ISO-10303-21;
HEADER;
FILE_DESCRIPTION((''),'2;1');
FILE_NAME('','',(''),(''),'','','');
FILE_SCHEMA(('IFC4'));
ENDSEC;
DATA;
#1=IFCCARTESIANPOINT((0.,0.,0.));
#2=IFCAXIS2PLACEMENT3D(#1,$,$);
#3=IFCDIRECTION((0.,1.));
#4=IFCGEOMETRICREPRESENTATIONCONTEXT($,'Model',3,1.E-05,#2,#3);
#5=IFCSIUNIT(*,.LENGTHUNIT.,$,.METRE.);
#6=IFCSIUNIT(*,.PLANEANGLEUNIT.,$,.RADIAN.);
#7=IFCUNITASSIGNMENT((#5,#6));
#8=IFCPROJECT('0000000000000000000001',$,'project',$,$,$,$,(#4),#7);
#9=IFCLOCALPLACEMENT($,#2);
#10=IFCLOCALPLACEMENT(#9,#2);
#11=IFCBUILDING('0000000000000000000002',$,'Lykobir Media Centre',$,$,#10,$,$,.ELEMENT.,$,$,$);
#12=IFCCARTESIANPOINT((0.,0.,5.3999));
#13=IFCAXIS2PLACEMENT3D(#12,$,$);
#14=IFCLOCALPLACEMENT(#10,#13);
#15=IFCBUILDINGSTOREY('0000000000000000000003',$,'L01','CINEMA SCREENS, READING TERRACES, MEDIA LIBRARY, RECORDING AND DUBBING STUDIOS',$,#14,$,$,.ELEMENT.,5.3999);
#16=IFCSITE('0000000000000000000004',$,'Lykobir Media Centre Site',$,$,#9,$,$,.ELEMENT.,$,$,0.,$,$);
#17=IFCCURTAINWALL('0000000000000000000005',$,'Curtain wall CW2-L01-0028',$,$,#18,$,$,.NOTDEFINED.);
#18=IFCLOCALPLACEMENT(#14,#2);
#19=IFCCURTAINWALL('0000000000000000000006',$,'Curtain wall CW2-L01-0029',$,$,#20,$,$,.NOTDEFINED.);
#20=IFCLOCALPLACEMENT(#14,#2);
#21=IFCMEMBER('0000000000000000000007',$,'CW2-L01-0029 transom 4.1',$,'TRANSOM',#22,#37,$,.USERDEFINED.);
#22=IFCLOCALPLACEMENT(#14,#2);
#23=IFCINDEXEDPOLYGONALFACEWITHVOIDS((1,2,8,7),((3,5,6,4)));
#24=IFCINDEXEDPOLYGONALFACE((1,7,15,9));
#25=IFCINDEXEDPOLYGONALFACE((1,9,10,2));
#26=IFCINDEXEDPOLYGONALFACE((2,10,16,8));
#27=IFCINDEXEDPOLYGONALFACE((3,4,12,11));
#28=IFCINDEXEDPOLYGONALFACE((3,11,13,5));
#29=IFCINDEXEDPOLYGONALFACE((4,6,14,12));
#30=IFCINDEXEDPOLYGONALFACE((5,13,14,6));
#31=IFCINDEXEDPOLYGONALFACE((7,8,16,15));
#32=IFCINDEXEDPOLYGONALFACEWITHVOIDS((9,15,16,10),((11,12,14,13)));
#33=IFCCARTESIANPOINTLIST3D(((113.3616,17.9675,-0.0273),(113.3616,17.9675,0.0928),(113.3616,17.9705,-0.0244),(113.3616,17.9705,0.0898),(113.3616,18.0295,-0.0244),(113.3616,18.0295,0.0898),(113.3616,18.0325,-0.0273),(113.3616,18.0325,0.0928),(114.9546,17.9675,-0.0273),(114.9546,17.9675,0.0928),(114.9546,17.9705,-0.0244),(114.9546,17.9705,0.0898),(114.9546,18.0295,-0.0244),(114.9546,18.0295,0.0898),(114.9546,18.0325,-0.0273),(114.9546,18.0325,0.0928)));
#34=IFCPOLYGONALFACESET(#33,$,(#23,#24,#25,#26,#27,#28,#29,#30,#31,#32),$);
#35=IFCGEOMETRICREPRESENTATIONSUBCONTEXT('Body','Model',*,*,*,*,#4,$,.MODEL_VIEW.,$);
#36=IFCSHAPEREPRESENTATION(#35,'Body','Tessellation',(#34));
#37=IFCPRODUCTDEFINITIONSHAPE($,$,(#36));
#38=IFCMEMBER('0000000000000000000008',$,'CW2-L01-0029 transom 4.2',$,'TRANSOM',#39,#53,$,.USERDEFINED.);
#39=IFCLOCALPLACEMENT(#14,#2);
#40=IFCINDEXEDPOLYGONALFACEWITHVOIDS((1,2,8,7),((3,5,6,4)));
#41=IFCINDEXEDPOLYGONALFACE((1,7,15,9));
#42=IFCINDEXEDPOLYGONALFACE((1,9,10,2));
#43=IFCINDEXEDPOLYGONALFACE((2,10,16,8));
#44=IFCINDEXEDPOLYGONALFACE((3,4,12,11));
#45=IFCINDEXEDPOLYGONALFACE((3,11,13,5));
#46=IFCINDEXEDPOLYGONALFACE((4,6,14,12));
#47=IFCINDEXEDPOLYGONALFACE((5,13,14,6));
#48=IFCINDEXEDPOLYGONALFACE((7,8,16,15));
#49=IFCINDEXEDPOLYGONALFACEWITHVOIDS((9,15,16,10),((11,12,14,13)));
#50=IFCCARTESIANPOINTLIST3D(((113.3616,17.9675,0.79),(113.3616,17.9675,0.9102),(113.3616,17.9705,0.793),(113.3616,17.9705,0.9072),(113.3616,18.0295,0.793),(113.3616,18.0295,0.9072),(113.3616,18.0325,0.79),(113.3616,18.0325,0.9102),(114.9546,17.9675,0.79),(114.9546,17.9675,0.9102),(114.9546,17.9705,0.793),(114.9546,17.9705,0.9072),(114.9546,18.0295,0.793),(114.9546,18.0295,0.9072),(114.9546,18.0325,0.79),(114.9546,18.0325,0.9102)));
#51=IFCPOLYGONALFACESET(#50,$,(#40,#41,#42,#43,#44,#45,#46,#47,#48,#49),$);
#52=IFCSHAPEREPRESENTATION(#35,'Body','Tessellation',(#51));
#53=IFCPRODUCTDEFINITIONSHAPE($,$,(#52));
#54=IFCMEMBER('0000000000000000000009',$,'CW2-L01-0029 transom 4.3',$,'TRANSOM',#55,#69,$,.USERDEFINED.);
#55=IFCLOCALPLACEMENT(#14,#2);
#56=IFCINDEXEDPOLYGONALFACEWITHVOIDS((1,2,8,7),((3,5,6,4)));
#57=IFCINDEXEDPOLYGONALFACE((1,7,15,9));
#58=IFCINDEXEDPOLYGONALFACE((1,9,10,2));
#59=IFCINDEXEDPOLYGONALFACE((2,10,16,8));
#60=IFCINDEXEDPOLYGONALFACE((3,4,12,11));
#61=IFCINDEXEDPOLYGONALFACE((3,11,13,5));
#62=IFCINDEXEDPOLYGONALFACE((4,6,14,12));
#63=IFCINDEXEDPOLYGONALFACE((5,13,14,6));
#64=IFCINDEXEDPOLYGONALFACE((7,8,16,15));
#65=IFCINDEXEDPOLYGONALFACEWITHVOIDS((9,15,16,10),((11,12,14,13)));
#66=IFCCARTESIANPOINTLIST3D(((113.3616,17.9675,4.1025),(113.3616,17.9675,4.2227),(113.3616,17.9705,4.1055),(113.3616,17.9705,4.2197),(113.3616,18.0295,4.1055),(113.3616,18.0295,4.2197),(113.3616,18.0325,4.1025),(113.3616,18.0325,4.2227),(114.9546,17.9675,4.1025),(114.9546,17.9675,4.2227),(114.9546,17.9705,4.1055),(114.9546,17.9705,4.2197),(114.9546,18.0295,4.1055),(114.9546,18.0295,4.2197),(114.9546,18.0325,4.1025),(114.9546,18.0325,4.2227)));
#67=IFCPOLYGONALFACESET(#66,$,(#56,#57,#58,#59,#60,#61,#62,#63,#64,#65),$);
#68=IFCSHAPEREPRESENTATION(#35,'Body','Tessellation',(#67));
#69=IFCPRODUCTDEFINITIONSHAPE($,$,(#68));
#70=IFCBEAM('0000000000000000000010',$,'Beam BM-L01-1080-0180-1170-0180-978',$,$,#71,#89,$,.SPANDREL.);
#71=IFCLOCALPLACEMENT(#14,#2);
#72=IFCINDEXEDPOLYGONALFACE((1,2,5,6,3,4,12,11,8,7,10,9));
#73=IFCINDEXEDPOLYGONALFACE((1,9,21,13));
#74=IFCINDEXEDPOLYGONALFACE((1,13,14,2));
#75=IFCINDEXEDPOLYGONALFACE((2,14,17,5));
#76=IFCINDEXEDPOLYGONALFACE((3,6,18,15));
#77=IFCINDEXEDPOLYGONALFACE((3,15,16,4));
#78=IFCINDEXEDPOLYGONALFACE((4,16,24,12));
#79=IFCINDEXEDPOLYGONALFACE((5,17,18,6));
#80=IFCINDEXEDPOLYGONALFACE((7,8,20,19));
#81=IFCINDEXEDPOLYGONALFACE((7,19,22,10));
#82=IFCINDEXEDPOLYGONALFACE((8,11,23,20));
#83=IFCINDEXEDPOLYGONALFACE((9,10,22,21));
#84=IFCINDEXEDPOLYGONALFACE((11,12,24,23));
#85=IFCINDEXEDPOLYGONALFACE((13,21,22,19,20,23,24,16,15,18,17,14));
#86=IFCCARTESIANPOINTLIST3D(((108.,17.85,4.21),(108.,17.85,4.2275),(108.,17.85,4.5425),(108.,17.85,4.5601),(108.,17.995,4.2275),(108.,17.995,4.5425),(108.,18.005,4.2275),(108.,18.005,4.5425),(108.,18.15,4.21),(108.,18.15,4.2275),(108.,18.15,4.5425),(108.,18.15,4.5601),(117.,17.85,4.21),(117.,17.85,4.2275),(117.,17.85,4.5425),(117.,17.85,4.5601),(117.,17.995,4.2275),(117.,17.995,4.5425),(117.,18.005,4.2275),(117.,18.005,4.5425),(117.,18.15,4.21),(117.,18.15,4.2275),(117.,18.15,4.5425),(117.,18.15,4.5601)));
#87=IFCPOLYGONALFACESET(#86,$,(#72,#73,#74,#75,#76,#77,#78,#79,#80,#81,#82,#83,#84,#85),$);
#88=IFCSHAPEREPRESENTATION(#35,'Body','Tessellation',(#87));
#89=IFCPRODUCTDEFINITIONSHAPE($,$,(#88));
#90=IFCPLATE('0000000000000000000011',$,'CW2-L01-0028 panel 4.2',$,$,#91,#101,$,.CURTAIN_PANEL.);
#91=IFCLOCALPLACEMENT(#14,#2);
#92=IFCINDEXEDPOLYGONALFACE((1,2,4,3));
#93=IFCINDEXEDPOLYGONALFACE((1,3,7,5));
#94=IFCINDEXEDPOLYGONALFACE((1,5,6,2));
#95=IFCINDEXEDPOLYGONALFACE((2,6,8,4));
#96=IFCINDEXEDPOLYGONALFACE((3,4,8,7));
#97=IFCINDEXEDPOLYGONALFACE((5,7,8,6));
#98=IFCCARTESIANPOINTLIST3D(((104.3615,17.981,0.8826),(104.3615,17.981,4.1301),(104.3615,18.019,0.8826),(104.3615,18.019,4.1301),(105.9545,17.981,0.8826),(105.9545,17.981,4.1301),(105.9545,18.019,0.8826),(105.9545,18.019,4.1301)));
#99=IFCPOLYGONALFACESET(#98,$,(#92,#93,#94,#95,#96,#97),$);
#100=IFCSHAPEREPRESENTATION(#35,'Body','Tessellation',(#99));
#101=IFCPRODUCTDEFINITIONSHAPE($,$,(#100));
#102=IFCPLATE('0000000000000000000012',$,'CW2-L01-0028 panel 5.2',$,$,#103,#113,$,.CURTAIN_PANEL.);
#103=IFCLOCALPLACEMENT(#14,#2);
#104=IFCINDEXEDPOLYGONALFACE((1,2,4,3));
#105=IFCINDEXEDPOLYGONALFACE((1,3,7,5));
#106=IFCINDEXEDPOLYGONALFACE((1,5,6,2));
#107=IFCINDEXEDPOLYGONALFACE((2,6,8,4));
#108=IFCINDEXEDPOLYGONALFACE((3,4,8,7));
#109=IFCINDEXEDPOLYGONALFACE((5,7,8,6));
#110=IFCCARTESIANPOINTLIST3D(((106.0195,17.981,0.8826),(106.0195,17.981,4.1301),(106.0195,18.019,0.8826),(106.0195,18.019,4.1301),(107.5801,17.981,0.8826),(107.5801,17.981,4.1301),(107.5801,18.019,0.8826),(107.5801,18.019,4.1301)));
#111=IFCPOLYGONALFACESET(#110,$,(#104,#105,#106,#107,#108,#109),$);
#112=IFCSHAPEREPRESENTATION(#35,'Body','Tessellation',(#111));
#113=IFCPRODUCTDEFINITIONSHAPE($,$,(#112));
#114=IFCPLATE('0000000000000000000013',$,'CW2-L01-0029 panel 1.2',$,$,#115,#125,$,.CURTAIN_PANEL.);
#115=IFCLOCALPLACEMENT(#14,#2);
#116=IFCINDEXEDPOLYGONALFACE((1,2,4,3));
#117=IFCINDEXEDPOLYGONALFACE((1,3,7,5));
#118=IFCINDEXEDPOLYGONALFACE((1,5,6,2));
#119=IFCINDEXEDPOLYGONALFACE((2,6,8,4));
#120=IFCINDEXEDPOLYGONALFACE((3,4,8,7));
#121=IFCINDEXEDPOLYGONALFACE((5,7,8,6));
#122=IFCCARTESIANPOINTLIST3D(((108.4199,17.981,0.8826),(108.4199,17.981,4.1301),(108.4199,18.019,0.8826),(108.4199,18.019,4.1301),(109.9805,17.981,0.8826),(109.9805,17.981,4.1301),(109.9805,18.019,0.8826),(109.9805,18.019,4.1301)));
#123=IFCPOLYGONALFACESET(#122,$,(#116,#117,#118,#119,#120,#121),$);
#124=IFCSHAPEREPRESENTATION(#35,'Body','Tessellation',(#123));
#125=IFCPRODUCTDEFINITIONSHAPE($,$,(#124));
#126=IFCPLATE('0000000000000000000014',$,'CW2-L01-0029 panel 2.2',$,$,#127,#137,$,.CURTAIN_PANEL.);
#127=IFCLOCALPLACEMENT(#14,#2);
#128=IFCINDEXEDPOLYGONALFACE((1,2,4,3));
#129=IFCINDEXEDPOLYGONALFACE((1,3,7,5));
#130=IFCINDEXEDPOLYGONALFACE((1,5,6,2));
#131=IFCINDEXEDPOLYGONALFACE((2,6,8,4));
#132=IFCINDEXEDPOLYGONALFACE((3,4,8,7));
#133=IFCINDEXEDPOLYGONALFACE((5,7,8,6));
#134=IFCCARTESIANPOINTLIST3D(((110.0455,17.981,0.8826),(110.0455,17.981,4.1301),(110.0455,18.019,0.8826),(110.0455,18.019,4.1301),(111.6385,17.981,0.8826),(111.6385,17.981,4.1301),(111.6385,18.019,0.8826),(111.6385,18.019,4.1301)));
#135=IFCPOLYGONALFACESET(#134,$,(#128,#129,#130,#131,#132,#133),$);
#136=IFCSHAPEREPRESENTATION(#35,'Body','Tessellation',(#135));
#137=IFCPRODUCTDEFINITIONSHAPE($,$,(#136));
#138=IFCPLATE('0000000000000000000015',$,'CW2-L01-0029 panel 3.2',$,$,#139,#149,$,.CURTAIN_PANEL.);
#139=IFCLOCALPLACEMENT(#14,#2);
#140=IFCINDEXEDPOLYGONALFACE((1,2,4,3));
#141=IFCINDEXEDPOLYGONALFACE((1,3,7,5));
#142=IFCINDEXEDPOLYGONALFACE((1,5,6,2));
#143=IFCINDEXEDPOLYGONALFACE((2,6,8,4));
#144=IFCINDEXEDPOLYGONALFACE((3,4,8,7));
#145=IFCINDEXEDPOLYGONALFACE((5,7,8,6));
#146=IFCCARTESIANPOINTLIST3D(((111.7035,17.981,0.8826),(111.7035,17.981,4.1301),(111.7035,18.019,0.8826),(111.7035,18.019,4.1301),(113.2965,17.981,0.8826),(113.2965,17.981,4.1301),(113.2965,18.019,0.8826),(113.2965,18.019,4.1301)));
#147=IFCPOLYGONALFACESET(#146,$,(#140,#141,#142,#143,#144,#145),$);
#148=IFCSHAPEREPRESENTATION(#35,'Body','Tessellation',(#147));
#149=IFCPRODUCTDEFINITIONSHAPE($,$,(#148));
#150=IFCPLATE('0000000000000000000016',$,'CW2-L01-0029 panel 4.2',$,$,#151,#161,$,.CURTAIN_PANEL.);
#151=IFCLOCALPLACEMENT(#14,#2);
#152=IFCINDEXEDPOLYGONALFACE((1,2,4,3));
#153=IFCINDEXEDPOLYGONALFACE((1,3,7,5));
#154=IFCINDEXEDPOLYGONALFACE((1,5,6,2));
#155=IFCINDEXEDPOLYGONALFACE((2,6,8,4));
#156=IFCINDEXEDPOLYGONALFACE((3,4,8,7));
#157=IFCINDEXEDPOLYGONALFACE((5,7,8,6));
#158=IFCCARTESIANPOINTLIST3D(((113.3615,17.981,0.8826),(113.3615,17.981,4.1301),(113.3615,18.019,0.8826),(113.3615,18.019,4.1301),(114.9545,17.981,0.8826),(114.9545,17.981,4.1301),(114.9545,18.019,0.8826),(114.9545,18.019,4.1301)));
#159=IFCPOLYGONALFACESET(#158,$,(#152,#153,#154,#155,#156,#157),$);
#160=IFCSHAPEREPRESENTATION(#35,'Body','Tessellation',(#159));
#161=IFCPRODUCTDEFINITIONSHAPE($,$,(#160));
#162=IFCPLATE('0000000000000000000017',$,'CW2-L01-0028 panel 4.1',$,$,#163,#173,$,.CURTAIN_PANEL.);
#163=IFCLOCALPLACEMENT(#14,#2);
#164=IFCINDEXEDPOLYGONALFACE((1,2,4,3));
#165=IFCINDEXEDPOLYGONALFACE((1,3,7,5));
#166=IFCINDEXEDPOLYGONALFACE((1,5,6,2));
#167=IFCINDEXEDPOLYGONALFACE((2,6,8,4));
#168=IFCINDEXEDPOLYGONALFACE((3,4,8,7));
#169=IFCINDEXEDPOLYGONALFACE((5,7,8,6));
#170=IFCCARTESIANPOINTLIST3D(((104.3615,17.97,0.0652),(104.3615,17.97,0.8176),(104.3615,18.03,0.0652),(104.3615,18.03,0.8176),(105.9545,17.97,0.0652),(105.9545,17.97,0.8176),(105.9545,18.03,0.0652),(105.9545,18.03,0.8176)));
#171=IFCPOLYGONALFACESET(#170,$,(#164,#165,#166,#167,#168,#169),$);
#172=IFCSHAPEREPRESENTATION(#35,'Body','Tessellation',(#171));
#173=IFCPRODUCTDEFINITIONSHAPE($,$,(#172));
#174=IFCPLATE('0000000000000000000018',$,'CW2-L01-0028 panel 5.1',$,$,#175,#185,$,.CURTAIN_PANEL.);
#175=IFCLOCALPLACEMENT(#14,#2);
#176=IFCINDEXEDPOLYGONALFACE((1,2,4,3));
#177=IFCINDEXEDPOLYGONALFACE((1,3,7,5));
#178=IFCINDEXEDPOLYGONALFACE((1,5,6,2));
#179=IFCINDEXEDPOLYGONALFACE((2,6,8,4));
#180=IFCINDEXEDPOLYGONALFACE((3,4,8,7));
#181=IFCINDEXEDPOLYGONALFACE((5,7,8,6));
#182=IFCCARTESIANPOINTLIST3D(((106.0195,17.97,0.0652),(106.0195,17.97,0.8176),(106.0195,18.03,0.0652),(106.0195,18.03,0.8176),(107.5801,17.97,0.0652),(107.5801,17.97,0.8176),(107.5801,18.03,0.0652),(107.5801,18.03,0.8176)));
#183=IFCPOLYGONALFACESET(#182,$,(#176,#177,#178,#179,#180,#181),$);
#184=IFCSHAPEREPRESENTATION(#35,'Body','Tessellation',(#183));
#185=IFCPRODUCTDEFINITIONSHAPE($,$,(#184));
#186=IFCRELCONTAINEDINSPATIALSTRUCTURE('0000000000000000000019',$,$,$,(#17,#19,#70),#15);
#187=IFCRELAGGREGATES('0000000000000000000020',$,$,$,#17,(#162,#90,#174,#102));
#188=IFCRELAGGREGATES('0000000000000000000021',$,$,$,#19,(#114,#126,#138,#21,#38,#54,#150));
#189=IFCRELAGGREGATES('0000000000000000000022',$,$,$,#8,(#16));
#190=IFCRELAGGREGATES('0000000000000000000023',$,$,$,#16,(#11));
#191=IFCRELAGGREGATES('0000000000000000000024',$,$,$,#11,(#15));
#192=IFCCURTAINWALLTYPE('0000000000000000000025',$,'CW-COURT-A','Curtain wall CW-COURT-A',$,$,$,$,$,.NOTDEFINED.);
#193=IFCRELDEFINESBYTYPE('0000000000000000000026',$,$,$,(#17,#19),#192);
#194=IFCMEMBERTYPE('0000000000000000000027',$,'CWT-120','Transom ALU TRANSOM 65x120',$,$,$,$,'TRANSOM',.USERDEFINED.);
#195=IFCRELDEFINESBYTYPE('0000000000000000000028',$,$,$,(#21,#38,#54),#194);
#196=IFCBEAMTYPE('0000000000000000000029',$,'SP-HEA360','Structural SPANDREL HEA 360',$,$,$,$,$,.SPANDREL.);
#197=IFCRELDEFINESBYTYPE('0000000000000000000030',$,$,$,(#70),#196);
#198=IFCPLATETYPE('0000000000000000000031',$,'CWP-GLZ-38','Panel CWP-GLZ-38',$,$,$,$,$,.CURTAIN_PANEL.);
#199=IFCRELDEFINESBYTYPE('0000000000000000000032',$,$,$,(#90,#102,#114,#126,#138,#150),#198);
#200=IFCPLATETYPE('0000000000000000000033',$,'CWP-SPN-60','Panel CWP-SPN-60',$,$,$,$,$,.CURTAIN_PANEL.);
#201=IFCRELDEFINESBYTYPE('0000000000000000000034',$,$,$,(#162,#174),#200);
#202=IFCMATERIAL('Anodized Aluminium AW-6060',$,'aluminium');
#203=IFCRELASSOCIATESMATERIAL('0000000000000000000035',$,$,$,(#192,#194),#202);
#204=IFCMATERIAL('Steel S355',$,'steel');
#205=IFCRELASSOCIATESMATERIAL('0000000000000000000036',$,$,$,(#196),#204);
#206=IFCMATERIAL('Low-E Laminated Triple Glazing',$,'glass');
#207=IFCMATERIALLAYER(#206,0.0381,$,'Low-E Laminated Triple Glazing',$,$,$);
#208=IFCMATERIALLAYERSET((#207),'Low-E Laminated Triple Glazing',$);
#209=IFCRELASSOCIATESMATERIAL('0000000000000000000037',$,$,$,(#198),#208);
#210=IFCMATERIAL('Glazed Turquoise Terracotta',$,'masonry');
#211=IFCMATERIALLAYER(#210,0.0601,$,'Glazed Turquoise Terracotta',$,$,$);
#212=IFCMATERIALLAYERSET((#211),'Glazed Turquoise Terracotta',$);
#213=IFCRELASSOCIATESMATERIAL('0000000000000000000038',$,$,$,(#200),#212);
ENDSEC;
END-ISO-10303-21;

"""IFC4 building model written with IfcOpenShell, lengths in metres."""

from ifc_helpers import new_model, si_unit, direction, frame, origin, origin_2d, place, context, subcontext, project, spatial, rectangle, hollow_rectangle, i_section, extrude, material, layer, layer_set, material_profile, profile_set, type_object, element, aggregate, save


model = new_model("IFC4")

# Units and contexts
model_context = context("Model", 3, precision=1e-05, world=origin(), true_north=direction((0.0, 1.0)))
body_context = subcontext(model_context, "Body", "Model", "MODEL_VIEW")
ifc_project = project(units=[si_unit("LENGTHUNIT", "METRE"), si_unit("PLANEANGLEUNIT", "RADIAN")], contexts=[model_context])

# Site, building, storey
site_placement = place(None, origin())
site = spatial("IfcSite", under=ifc_project, at=site_placement, Name="Lykobir Media Centre Site", CompositionType="ELEMENT", RefElevation=0.0)
building_placement = place(site_placement, origin())
building = spatial("IfcBuilding", under=site, at=building_placement, Name="Lykobir Media Centre", CompositionType="ELEMENT")
storey_placement = place(building_placement, frame((0.0, 0.0, 5.3999)))
storey = spatial("IfcBuildingStorey", under=building, at=storey_placement, Name="L01", Description="CINEMA SCREENS, READING TERRACES, MEDIA LIBRARY, RECORDING AND DUBBING STUDIOS", CompositionType="ELEMENT", Elevation=5.3999)

# Curtain walls
ifc_material_1 = material(Name="Anodized Aluminium AW-6060", Category="aluminium")
curtain_wall_type = type_object("IfcCurtainWallType", Name="CW-COURT-A", Description="Curtain wall CW-COURT-A", PredefinedType="NOTDEFINED", material=ifc_material_1)
curtain_wall_1_placement = place(storey_placement, origin())
curtain_wall_1 = element("IfcCurtainWall", 1, at=curtain_wall_1_placement, inside=storey, type_object=curtain_wall_type, Name="Curtain wall CW2-L01-0028", PredefinedType="NOTDEFINED")
curtain_wall_2_placement = place(storey_placement, origin())
curtain_wall_2 = element("IfcCurtainWall", 2, at=curtain_wall_2_placement, inside=storey, type_object=curtain_wall_type, Name="Curtain wall CW2-L01-0029", PredefinedType="NOTDEFINED")

# Members
ifc_material_profile_1 = material_profile(ifc_material_1, hollow_rectangle(XDim=0.0649, YDim=0.1201, WallThickness=0.0029, at=origin_2d()), Name="ALU TRANSOM 65x120")
ifc_profile_set_1 = profile_set([ifc_material_profile_1], Name="Anodized Aluminium AW-6060")
member_type_1 = type_object("IfcMemberType", Name="CWT-120", Description="Transom ALU TRANSOM 65x120", ElementType="TRANSOM", PredefinedType="USERDEFINED", material=ifc_profile_set_1)
member_1_placement = place(storey_placement, frame((113.3616, 18.0, 0.0327), z_axis=(1.0, 0.0, 0.0), x_axis=(0.0, 1.0, 0.0)))
member_1 = element("IfcMember", 3, at=member_1_placement, type_object=member_type_1, Name="CW2-L01-0029 transom 4.1", ObjectType="TRANSOM", PredefinedType="USERDEFINED", context=body_context, shape_type="SweptSolid", body=[
    extrude(hollow_rectangle(XDim=0.0649, YDim=0.1201, WallThickness=0.0029, at=origin_2d()), origin(), (0.0, 0.0, 1.0), 1.593),
])
member_2_placement = place(storey_placement, frame((113.3616, 18.0, 0.8501), z_axis=(1.0, 0.0, 0.0), x_axis=(0.0, 1.0, 0.0)))
member_2 = element("IfcMember", 4, at=member_2_placement, type_object=member_type_1, Name="CW2-L01-0029 transom 4.2", ObjectType="TRANSOM", PredefinedType="USERDEFINED", context=body_context, shape_type="SweptSolid", body=[
    extrude(hollow_rectangle(XDim=0.0649, YDim=0.1201, WallThickness=0.0029, at=origin_2d()), origin(), (0.0, 0.0, 1.0), 1.593),
])
member_3_placement = place(storey_placement, frame((113.3616, 18.0, 4.1626), z_axis=(1.0, 0.0, 0.0), x_axis=(0.0, 1.0, 0.0)))
member_3 = element("IfcMember", 5, at=member_3_placement, type_object=member_type_1, Name="CW2-L01-0029 transom 4.3", ObjectType="TRANSOM", PredefinedType="USERDEFINED", context=body_context, shape_type="SweptSolid", body=[
    extrude(hollow_rectangle(XDim=0.0649, YDim=0.1201, WallThickness=0.0029, at=origin_2d()), origin(), (0.0, 0.0, 1.0), 1.593),
])

# Beam
ifc_material_2 = material(Name="Steel S355", Category="steel")
ifc_material_profile_2 = material_profile(ifc_material_2, i_section(OverallWidth=0.3, OverallDepth=0.3501, WebThickness=0.01, FlangeThickness=0.0176, at=origin_2d()), Name="HEA 360")
ifc_profile_set_2 = profile_set([ifc_material_profile_2], Name="Steel S355")
beam_type = type_object("IfcBeamType", Name="SP-HEA360", Description="Structural SPANDREL HEA 360", PredefinedType="SPANDREL", material=ifc_profile_set_2)
beam_placement = place(storey_placement, frame((108.0, 18.0, 4.385), z_axis=(1.0, 0.0, 0.0), x_axis=(0.0, 1.0, 0.0)))
element("IfcBeam", 6, at=beam_placement, inside=storey, type_object=beam_type, Name="Beam BM-L01-1080-0180-1170-0180-978", PredefinedType="SPANDREL", context=body_context, shape_type="SweptSolid", body=[
    extrude(i_section(OverallWidth=0.3, OverallDepth=0.3501, WebThickness=0.01, FlangeThickness=0.0176, at=origin_2d()), origin(), (0.0, 0.0, 1.0), 9.0),
])

# Plates
ifc_material_3 = material(Name="Low-E Laminated Triple Glazing", Category="glass")
ifc_layer_1 = layer(ifc_material_3, 0.0381, Name="Low-E Laminated Triple Glazing")
ifc_layer_set_1 = layer_set([ifc_layer_1], Name="Low-E Laminated Triple Glazing")
plate_type_1 = type_object("IfcPlateType", Name="CWP-GLZ-38", Description="Panel CWP-GLZ-38", PredefinedType="CURTAIN_PANEL", material=ifc_layer_set_1)
plate_1_placement = place(storey_placement, frame((105.158, 18.0, 0.8826), z_axis=(0.0, 0.0, 1.0), x_axis=(1.0, 0.0, 0.0)))
plate_1 = element("IfcPlate", 7, at=plate_1_placement, type_object=plate_type_1, Name="CW2-L01-0028 panel 4.2", PredefinedType="CURTAIN_PANEL", context=body_context, shape_type="SweptSolid", body=[
    extrude(rectangle(XDim=1.593, YDim=0.0381, at=origin_2d()), origin(), (0.0, 0.0, 1.0), 3.2476),
])
plate_2_placement = place(storey_placement, frame((106.7998, 18.0, 0.8826), z_axis=(0.0, 0.0, 1.0), x_axis=(1.0, 0.0, 0.0)))
plate_2 = element("IfcPlate", 8, at=plate_2_placement, type_object=plate_type_1, Name="CW2-L01-0028 panel 5.2", PredefinedType="CURTAIN_PANEL", context=body_context, shape_type="SweptSolid", body=[
    extrude(rectangle(XDim=1.5605, YDim=0.0381, at=origin_2d()), origin(), (0.0, 0.0, 1.0), 3.2476),
])
plate_3_placement = place(storey_placement, frame((109.2002, 18.0, 0.8826), z_axis=(0.0, 0.0, 1.0), x_axis=(1.0, 0.0, 0.0)))
plate_3 = element("IfcPlate", 9, at=plate_3_placement, type_object=plate_type_1, Name="CW2-L01-0029 panel 1.2", PredefinedType="CURTAIN_PANEL", context=body_context, shape_type="SweptSolid", body=[
    extrude(rectangle(XDim=1.5605, YDim=0.0381, at=origin_2d()), origin(), (0.0, 0.0, 1.0), 3.2476),
])
plate_4_placement = place(storey_placement, frame((110.842, 18.0, 0.8826), z_axis=(0.0, 0.0, 1.0), x_axis=(1.0, 0.0, 0.0)))
plate_4 = element("IfcPlate", 10, at=plate_4_placement, type_object=plate_type_1, Name="CW2-L01-0029 panel 2.2", PredefinedType="CURTAIN_PANEL", context=body_context, shape_type="SweptSolid", body=[
    extrude(rectangle(XDim=1.593, YDim=0.0381, at=origin_2d()), origin(), (0.0, 0.0, 1.0), 3.2476),
])
plate_5_placement = place(storey_placement, frame((112.5, 18.0, 0.8826), z_axis=(0.0, 0.0, 1.0), x_axis=(1.0, 0.0, 0.0)))
plate_5 = element("IfcPlate", 11, at=plate_5_placement, type_object=plate_type_1, Name="CW2-L01-0029 panel 3.2", PredefinedType="CURTAIN_PANEL", context=body_context, shape_type="SweptSolid", body=[
    extrude(rectangle(XDim=1.593, YDim=0.0381, at=origin_2d()), origin(), (0.0, 0.0, 1.0), 3.2476),
])
plate_6_placement = place(storey_placement, frame((114.158, 18.0, 0.8826), z_axis=(0.0, 0.0, 1.0), x_axis=(1.0, 0.0, 0.0)))
plate_6 = element("IfcPlate", 12, at=plate_6_placement, type_object=plate_type_1, Name="CW2-L01-0029 panel 4.2", PredefinedType="CURTAIN_PANEL", context=body_context, shape_type="SweptSolid", body=[
    extrude(rectangle(XDim=1.593, YDim=0.0381, at=origin_2d()), origin(), (0.0, 0.0, 1.0), 3.2476),
])
ifc_material_4 = material(Name="Glazed Turquoise Terracotta", Category="masonry")
ifc_layer_2 = layer(ifc_material_4, 0.0601, Name="Glazed Turquoise Terracotta")
ifc_layer_set_2 = layer_set([ifc_layer_2], Name="Glazed Turquoise Terracotta")
plate_type_2 = type_object("IfcPlateType", Name="CWP-SPN-60", Description="Panel CWP-SPN-60", PredefinedType="CURTAIN_PANEL", material=ifc_layer_set_2)
plate_7_placement = place(storey_placement, frame((105.158, 18.0, 0.0652), z_axis=(0.0, 0.0, 1.0), x_axis=(1.0, 0.0, 0.0)))
plate_7 = element("IfcPlate", 13, at=plate_7_placement, type_object=plate_type_2, Name="CW2-L01-0028 panel 4.1", PredefinedType="CURTAIN_PANEL", context=body_context, shape_type="SweptSolid", body=[
    extrude(rectangle(XDim=1.593, YDim=0.0601, at=origin_2d()), origin(), (0.0, 0.0, 1.0), 0.7524),
])
plate_8_placement = place(storey_placement, frame((106.7998, 18.0, 0.0652), z_axis=(0.0, 0.0, 1.0), x_axis=(1.0, 0.0, 0.0)))
plate_8 = element("IfcPlate", 14, at=plate_8_placement, type_object=plate_type_2, Name="CW2-L01-0028 panel 5.1", PredefinedType="CURTAIN_PANEL", context=body_context, shape_type="SweptSolid", body=[
    extrude(rectangle(XDim=1.5605, YDim=0.0601, at=origin_2d()), origin(), (0.0, 0.0, 1.0), 0.7524),
])
aggregate(curtain_wall_1, [plate_7, plate_1, plate_8, plate_2])
aggregate(curtain_wall_2, [plate_3, plate_4, plate_5, member_1, member_2, member_3, plate_6])

save(model, "model.ifc")
